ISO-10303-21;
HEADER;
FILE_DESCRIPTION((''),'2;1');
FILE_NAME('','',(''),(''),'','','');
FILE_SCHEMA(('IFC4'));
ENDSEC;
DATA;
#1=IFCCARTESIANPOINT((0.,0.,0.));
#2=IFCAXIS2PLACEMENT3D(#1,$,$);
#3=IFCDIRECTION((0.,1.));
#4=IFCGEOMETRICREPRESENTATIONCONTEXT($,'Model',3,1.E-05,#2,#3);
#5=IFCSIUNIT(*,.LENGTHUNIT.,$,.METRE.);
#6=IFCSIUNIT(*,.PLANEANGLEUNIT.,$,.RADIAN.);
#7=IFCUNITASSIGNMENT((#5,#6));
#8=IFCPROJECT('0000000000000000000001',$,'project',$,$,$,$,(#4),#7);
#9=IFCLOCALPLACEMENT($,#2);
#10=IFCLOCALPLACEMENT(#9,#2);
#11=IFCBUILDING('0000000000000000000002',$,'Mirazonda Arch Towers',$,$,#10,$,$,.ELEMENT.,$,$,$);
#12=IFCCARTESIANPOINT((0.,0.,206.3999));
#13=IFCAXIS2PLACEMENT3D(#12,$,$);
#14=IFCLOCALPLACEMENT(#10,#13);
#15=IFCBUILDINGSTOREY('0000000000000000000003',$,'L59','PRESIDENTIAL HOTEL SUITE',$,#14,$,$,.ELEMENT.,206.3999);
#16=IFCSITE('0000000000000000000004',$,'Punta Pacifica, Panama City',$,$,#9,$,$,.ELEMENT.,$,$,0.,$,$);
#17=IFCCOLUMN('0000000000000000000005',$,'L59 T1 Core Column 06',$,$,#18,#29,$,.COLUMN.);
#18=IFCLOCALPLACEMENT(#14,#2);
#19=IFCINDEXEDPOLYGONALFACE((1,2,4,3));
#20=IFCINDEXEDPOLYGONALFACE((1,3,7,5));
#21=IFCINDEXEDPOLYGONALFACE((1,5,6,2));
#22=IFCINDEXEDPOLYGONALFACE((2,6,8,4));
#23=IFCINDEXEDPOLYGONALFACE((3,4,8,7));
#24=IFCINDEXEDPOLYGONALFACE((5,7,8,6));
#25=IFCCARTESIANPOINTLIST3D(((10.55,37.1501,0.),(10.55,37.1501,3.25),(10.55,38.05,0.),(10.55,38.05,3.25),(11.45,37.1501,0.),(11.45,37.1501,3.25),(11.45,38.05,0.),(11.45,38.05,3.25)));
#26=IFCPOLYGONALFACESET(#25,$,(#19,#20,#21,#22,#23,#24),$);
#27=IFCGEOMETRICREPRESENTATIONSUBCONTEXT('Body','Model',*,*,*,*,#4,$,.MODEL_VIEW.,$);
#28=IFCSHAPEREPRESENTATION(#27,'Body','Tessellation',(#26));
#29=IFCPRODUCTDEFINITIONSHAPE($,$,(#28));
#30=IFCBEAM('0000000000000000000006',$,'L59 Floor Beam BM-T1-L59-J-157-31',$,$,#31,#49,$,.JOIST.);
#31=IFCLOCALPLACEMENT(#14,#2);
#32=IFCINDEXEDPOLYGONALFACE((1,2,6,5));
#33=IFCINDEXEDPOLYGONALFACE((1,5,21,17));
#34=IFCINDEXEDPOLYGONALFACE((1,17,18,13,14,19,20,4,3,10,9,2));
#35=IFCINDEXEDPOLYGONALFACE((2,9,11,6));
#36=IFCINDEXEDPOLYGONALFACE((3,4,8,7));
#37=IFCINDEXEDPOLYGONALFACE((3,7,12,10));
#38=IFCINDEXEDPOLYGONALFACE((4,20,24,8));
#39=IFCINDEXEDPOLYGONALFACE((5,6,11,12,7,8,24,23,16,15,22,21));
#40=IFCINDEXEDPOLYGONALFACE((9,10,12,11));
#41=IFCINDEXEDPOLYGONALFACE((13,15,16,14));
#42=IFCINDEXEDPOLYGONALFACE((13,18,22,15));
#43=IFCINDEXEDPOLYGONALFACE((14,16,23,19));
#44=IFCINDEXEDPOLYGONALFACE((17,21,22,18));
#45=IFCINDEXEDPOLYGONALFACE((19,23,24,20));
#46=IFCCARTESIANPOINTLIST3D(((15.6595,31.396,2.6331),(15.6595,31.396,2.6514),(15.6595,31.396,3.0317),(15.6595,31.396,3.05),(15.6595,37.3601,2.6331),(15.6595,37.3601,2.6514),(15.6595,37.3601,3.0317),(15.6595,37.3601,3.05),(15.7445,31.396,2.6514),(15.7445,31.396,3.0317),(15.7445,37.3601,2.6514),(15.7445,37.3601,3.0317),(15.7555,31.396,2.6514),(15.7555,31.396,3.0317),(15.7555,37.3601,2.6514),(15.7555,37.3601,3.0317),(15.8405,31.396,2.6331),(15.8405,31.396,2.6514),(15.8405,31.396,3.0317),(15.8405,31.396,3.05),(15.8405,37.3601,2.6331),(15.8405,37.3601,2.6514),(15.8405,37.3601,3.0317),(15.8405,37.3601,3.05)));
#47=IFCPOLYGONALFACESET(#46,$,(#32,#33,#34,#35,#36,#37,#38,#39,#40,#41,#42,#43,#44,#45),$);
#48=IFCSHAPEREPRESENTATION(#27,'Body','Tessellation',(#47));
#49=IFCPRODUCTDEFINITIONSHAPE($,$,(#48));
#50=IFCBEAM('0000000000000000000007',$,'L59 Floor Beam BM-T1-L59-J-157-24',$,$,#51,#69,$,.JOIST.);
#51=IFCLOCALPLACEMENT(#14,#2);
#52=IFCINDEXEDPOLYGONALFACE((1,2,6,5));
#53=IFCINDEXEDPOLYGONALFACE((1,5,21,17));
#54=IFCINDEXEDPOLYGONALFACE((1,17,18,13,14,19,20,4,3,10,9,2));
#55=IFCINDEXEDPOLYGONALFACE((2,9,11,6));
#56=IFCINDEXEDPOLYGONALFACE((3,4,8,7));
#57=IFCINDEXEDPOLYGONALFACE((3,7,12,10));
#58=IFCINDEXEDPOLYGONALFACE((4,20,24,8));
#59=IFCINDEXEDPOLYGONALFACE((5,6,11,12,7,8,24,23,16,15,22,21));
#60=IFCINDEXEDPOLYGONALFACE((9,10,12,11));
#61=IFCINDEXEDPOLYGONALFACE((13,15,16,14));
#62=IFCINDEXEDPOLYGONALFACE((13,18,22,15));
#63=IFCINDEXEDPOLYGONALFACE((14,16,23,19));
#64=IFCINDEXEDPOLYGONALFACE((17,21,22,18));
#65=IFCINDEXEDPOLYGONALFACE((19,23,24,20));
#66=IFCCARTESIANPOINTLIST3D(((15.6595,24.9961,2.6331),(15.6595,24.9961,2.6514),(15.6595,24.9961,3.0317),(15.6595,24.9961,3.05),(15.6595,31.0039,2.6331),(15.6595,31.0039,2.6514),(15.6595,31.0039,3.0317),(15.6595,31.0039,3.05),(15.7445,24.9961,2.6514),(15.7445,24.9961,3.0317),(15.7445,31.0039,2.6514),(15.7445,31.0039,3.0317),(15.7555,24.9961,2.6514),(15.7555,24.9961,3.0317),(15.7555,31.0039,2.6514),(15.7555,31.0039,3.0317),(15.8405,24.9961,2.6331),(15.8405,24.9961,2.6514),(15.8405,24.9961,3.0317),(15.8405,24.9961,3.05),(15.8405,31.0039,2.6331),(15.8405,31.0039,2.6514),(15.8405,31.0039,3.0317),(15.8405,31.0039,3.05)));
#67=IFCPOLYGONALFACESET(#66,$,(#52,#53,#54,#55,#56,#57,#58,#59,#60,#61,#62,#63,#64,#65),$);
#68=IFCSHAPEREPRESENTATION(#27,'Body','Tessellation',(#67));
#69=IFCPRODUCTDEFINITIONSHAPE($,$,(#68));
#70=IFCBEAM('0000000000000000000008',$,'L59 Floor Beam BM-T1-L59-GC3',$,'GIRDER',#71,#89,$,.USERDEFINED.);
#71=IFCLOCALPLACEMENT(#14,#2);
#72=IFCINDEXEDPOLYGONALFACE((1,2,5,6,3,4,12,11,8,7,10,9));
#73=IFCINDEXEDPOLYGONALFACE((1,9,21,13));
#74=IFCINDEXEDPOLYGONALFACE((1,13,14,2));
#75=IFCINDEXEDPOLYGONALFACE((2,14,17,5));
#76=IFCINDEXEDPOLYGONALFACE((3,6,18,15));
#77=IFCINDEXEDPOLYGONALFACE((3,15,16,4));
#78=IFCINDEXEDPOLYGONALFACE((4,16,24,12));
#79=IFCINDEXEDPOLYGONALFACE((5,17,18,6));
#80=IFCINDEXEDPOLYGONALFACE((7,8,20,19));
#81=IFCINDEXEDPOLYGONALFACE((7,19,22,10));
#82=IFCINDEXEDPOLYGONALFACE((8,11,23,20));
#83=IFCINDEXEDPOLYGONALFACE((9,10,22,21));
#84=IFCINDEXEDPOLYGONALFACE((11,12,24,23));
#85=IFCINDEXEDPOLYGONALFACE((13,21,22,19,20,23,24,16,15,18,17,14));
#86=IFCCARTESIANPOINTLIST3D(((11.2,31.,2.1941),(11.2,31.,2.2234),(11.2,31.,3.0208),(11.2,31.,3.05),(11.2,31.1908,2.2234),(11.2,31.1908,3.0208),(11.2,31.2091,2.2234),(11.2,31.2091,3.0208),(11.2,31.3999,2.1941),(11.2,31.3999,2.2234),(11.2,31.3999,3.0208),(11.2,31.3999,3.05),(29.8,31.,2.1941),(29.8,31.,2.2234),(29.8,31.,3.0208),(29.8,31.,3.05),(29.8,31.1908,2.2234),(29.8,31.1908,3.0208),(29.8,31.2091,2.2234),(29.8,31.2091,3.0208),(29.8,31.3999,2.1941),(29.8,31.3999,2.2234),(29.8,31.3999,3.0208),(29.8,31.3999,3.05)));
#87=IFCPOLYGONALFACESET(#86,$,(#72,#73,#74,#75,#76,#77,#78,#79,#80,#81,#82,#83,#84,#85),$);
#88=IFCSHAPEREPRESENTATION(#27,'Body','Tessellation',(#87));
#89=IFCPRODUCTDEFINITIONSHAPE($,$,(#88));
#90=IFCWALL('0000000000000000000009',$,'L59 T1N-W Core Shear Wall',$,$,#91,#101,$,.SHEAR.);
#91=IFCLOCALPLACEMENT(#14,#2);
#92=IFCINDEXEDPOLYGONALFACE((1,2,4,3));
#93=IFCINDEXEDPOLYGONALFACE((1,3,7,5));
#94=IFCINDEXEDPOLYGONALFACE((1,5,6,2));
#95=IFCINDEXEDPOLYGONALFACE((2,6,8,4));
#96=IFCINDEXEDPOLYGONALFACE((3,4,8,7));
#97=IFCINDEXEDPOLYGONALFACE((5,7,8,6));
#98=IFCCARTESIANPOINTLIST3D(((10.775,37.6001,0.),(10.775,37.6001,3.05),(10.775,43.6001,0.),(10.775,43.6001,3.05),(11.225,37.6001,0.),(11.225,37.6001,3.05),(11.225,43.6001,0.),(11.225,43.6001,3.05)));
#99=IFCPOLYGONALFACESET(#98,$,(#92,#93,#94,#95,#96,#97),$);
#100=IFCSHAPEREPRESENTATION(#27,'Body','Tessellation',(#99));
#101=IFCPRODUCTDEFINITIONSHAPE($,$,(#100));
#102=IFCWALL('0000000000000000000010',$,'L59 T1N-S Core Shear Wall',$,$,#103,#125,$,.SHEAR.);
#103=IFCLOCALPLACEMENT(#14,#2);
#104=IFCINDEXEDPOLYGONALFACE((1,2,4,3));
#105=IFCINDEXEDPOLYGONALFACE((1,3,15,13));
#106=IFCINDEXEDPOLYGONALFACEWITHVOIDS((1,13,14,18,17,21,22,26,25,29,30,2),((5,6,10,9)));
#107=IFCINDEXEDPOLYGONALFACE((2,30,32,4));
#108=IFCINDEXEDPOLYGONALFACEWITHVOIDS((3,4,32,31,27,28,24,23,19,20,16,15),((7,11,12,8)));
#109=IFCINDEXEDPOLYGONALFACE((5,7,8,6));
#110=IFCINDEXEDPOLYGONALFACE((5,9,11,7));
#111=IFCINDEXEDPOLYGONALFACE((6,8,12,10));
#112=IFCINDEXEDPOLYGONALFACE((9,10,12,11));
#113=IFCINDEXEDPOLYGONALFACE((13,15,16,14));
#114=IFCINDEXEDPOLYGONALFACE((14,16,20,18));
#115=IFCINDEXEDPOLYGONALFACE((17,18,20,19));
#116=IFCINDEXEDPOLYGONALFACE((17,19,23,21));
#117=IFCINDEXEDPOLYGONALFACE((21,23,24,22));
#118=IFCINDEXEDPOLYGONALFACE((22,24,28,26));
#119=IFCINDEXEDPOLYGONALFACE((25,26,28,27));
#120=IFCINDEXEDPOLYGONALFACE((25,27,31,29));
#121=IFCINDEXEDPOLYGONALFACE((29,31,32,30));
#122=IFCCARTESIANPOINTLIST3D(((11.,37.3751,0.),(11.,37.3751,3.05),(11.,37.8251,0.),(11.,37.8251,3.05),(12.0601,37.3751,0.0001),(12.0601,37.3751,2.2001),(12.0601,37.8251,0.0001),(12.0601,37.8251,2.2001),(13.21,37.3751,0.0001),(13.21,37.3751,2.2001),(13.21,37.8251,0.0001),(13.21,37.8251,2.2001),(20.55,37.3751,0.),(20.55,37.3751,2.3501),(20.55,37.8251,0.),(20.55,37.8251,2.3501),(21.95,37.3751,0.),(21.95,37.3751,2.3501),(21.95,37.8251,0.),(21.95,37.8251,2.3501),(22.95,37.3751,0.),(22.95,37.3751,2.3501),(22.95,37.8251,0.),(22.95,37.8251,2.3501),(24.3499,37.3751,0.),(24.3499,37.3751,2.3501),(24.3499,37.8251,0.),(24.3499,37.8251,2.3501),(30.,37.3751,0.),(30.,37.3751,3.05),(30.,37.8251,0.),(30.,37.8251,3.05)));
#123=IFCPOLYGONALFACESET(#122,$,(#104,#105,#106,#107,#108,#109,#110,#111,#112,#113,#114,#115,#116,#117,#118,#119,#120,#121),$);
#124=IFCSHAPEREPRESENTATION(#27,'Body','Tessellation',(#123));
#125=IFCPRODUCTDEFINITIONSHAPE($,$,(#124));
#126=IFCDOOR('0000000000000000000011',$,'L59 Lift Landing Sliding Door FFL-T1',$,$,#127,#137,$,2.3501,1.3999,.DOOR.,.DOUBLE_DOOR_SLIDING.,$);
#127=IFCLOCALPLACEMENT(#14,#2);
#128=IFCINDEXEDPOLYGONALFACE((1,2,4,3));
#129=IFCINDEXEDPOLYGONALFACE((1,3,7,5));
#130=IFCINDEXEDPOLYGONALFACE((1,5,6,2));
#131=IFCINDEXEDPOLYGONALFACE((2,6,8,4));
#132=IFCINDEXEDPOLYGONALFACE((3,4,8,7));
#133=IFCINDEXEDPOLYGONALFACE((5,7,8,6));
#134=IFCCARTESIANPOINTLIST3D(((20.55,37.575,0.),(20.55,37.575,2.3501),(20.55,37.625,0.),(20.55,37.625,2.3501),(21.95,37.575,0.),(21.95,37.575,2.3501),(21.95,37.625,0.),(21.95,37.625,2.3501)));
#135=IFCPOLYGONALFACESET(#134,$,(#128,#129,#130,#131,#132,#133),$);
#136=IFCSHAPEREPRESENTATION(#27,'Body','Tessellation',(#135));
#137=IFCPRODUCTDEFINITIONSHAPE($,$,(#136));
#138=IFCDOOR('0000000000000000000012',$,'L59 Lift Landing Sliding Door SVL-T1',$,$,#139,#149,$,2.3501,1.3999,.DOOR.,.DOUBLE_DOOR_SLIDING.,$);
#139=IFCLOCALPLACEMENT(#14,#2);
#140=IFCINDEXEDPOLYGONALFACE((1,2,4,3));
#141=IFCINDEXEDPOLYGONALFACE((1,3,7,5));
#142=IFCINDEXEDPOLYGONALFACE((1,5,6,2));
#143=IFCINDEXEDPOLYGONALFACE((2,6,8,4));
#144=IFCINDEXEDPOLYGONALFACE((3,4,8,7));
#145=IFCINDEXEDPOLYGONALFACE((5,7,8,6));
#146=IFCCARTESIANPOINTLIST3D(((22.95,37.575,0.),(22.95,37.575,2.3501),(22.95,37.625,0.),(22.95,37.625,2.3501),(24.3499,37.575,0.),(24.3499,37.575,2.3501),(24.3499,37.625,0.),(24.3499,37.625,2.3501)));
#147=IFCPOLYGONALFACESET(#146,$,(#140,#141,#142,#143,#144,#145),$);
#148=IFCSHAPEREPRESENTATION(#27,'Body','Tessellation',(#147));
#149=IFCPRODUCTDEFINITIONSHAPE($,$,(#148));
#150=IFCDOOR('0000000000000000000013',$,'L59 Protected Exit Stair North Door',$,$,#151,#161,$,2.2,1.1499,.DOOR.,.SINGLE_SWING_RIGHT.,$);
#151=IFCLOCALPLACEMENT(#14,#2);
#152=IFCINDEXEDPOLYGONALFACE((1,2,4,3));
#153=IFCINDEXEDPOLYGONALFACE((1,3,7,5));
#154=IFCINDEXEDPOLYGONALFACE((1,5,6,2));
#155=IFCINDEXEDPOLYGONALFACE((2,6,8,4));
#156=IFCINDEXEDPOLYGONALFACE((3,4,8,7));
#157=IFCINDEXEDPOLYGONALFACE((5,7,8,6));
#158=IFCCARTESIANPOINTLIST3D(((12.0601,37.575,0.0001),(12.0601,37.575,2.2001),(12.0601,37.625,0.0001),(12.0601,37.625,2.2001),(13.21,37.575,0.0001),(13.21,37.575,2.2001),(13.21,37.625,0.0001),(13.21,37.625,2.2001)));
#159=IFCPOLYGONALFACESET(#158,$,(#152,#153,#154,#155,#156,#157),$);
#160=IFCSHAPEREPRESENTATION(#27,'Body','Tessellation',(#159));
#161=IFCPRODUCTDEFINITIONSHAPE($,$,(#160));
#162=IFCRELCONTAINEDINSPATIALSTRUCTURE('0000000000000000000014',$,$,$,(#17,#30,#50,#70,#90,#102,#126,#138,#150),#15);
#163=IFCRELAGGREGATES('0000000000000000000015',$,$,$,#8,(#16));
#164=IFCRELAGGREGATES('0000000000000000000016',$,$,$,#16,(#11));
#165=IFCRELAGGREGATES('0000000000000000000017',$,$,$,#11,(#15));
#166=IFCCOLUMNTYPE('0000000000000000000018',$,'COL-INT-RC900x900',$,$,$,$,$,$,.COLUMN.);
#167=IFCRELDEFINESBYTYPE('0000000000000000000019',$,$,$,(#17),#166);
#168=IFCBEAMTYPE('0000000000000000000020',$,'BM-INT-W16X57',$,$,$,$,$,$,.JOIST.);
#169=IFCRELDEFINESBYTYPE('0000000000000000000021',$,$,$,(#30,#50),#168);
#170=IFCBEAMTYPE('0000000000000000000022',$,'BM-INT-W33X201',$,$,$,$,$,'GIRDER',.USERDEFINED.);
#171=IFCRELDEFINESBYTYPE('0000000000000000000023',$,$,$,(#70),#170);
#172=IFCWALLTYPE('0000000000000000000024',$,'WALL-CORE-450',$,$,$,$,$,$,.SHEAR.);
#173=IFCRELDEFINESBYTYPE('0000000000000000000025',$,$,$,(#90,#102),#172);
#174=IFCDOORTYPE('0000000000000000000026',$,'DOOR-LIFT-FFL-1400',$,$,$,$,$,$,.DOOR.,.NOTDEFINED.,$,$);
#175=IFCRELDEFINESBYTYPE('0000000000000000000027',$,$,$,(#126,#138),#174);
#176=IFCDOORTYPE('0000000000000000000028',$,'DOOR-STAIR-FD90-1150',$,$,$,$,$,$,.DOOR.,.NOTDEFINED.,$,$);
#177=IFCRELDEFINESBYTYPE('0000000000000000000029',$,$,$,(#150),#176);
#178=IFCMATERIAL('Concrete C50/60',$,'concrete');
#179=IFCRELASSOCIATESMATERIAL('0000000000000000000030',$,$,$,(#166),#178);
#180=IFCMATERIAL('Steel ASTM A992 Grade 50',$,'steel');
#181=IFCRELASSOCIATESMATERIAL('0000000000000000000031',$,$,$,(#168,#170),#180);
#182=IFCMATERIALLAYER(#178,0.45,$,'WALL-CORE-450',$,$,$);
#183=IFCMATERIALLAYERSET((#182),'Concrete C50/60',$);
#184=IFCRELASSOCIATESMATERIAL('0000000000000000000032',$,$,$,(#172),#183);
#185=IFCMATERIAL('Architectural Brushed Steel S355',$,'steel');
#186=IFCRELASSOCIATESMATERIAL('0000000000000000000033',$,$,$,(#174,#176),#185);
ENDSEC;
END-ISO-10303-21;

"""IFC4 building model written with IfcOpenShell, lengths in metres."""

from ifc_helpers import new_model, si_unit, direction, frame, frame_2d, origin, origin_2d, place, context, subcontext, project, spatial, rectangle, i_section, extrude, material, layer, layer_set, material_profile, profile_set, type_object, element, fill, save


model = new_model("IFC4")

# Units and contexts
model_context = context("Model", 3, precision=1e-05, world=origin(), true_north=direction((0.0, 1.0)))
body_context = subcontext(model_context, "Body", "Model", "MODEL_VIEW")
ifc_project = project(units=[si_unit("LENGTHUNIT", "METRE"), si_unit("PLANEANGLEUNIT", "RADIAN")], contexts=[model_context])

# Site, building, storey
site_placement = place(None, origin())
site = spatial("IfcSite", under=ifc_project, at=site_placement, Name="Punta Pacifica, Panama City", CompositionType="ELEMENT", RefElevation=0.0)
building_placement = place(site_placement, origin())
building = spatial("IfcBuilding", under=site, at=building_placement, Name="Mirazonda Arch Towers", CompositionType="ELEMENT")
storey_placement = place(building_placement, frame((0.0, 0.0, 206.3999)))
storey = spatial("IfcBuildingStorey", under=building, at=storey_placement, Name="L59", Description="PRESIDENTIAL HOTEL SUITE", CompositionType="ELEMENT", Elevation=206.3999)

# Column
ifc_material_1 = material(Name="Concrete C50/60", Category="concrete")
ifc_material_profile_1 = material_profile(ifc_material_1, rectangle(XDim=0.8999, YDim=0.8999, at=origin_2d()), Name="RC900x900")
ifc_profile_set_1 = profile_set([ifc_material_profile_1], Name="Concrete C50/60")
column_type = type_object("IfcColumnType", Name="COL-INT-RC900x900", PredefinedType="COLUMN", material=ifc_profile_set_1)
column_placement = place(storey_placement, frame((11.0, 37.6001, 0.0), z_axis=(0.0, 0.0, 1.0), x_axis=(1.0, 0.0, 0.0)))
element("IfcColumn", 1, at=column_placement, inside=storey, type_object=column_type, Name="L59 T1 Core Column 06", PredefinedType="COLUMN", context=body_context, shape_type="SweptSolid", body=[
    extrude(rectangle(XDim=0.8999, YDim=0.8999, at=origin_2d()), origin(), (0.0, 0.0, 1.0), 3.25),
])

# Beams
ifc_material_2 = material(Name="Steel ASTM A992 Grade 50", Category="steel")
ifc_material_profile_2 = material_profile(ifc_material_2, i_section(OverallWidth=0.1809, OverallDepth=0.417, WebThickness=0.011, FlangeThickness=0.0183, at=origin_2d()), Name="W16X57")
ifc_profile_set_2 = profile_set([ifc_material_profile_2], Name="Steel ASTM A992 Grade 50")
beam_type_1 = type_object("IfcBeamType", Name="BM-INT-W16X57", PredefinedType="JOIST", material=ifc_profile_set_2)
beam_1_placement = place(storey_placement, frame((15.75, 31.396, 2.8416), z_axis=(0.0, 1.0, 0.0), x_axis=(-1.0, 0.0, 0.0)))
element("IfcBeam", 2, at=beam_1_placement, inside=storey, type_object=beam_type_1, Name="L59 Floor Beam BM-T1-L59-J-157-31", PredefinedType="JOIST", context=body_context, shape_type="SweptSolid", body=[
    extrude(i_section(OverallWidth=0.1809, OverallDepth=0.417, WebThickness=0.011, FlangeThickness=0.0183, at=origin_2d()), origin(), (0.0, 0.0, 1.0), 5.9641),
])
beam_2_placement = place(storey_placement, frame((15.75, 24.9961, 2.8416), z_axis=(0.0, 1.0, 0.0), x_axis=(-1.0, 0.0, 0.0)))
element("IfcBeam", 3, at=beam_2_placement, inside=storey, type_object=beam_type_1, Name="L59 Floor Beam BM-T1-L59-J-157-24", PredefinedType="JOIST", context=body_context, shape_type="SweptSolid", body=[
    extrude(i_section(OverallWidth=0.1809, OverallDepth=0.417, WebThickness=0.011, FlangeThickness=0.0183, at=origin_2d()), origin(), (0.0, 0.0, 1.0), 6.0078),
])
ifc_material_profile_3 = material_profile(ifc_material_2, i_section(OverallWidth=0.3999, OverallDepth=0.856, WebThickness=0.0183, FlangeThickness=0.0293, at=origin_2d()), Name="W33X201")
ifc_profile_set_3 = profile_set([ifc_material_profile_3], Name="Steel ASTM A992 Grade 50")
beam_type_2 = type_object("IfcBeamType", Name="BM-INT-W33X201", ElementType="GIRDER", PredefinedType="USERDEFINED", material=ifc_profile_set_3)
beam_3_placement = place(storey_placement, frame((11.2, 31.2, 2.6221), z_axis=(1.0, 0.0, 0.0), x_axis=(0.0, 1.0, 0.0)))
element("IfcBeam", 4, at=beam_3_placement, inside=storey, type_object=beam_type_2, Name="L59 Floor Beam BM-T1-L59-GC3", ObjectType="GIRDER", PredefinedType="USERDEFINED", context=body_context, shape_type="SweptSolid", body=[
    extrude(i_section(OverallWidth=0.3999, OverallDepth=0.856, WebThickness=0.0183, FlangeThickness=0.0293, at=origin_2d()), origin(), (0.0, 0.0, 1.0), 18.6001),
])

# Wall
ifc_layer_1 = layer(ifc_material_1, 0.45, Name="WALL-CORE-450")
ifc_layer_set_1 = layer_set([ifc_layer_1], Name="Concrete C50/60")
wall_type_1 = type_object("IfcWallType", Name="WALL-CORE-450", PredefinedType="SHEAR", material=ifc_layer_set_1)
wall_1_placement = place(storey_placement, frame((11.0, 37.6001, 0.0), z_axis=(0.0, 0.0, 1.0), x_axis=(0.0, 1.0, 0.0)))
element("IfcWall", 5, at=wall_1_placement, inside=storey, type_object=wall_type_1, Name="L59 T1N-W Core Shear Wall", PredefinedType="SHEAR", context=body_context, shape_type="SweptSolid", body=[
    extrude(rectangle(XDim=6.0, YDim=0.45, at=frame_2d((3.0, 0.0))), origin(), (0.0, 0.0, 1.0), 3.05),
])

# Wall, openings, doors
wall_2_placement = place(storey_placement, frame((11.0, 37.6001, 0.0), z_axis=(0.0, 0.0, 1.0), x_axis=(1.0, 0.0, 0.0)))
wall_2 = element("IfcWall", 6, at=wall_2_placement, inside=storey, type_object=wall_type_1, Name="L59 T1N-S Core Shear Wall", PredefinedType="SHEAR", context=body_context, shape_type="SweptSolid", body=[
    extrude(rectangle(XDim=19.0, YDim=0.45, at=frame_2d((9.5, 0.0))), origin(), (0.0, 0.0, 1.0), 3.05),
])
opening_1_placement = place(wall_2_placement, frame((1.0601, 0.0, 0.0)))
opening_1 = element("IfcOpeningElement", 7, at=opening_1_placement, cuts=wall_2, PredefinedType="OPENING", context=body_context, shape_type="SweptSolid", body=[
    extrude(rectangle(XDim=1.1499, YDim=2.2, at=frame_2d((0.575, 1.1001))), frame((0.0, 0.2349, 0.0), z_axis=(0.0, -1.0, 0.0), x_axis=(1.0, 0.0, 0.0)), (0.0, 0.0, 1.0), 0.47),
])
opening_2_placement = place(wall_2_placement, frame((9.55, 0.0, 0.0)))
opening_2 = element("IfcOpeningElement", 8, at=opening_2_placement, cuts=wall_2, PredefinedType="OPENING", context=body_context, shape_type="SweptSolid", body=[
    extrude(rectangle(XDim=1.3999, YDim=2.3501, at=frame_2d((0.7, 1.175))), frame((0.0, 0.2349, 0.0), z_axis=(0.0, -1.0, 0.0), x_axis=(1.0, 0.0, 0.0)), (0.0, 0.0, 1.0), 0.47),
])
opening_3_placement = place(wall_2_placement, frame((11.95, 0.0, 0.0)))
opening_3 = element("IfcOpeningElement", 9, at=opening_3_placement, cuts=wall_2, PredefinedType="OPENING", context=body_context, shape_type="SweptSolid", body=[
    extrude(rectangle(XDim=1.3999, YDim=2.3501, at=frame_2d((0.7, 1.175))), frame((0.0, 0.2349, 0.0), z_axis=(0.0, -1.0, 0.0), x_axis=(1.0, 0.0, 0.0)), (0.0, 0.0, 1.0), 0.47),
])
ifc_material_3 = material(Name="Architectural Brushed Steel S355", Category="steel")
door_type_1 = type_object("IfcDoorType", Name="DOOR-LIFT-FFL-1400", OperationType="NOTDEFINED", PredefinedType="DOOR", material=ifc_material_3)
door_1_placement = place(opening_2_placement, origin())
door_1 = element("IfcDoor", 10, at=door_1_placement, inside=storey, type_object=door_type_1, Name="L59 Lift Landing Sliding Door FFL-T1", OperationType="DOUBLE_DOOR_SLIDING", OverallHeight=2.3501, OverallWidth=1.3999, PredefinedType="DOOR", context=body_context, shape_type="SweptSolid", body=[
    extrude(rectangle(XDim=1.3999, YDim=2.3501, at=frame_2d((0.7, 1.175))), frame((0.0, 0.0249, 0.0), z_axis=(0.0, -1.0, 0.0), x_axis=(1.0, 0.0, 0.0)), (0.0, 0.0, 1.0), 0.05),
])
fill(opening_2, door_1)
door_2_placement = place(opening_3_placement, origin())
door_2 = element("IfcDoor", 11, at=door_2_placement, inside=storey, type_object=door_type_1, Name="L59 Lift Landing Sliding Door SVL-T1", OperationType="DOUBLE_DOOR_SLIDING", OverallHeight=2.3501, OverallWidth=1.3999, PredefinedType="DOOR", context=body_context, shape_type="SweptSolid", body=[
    extrude(rectangle(XDim=1.3999, YDim=2.3501, at=frame_2d((0.7, 1.175))), frame((0.0, 0.0249, 0.0), z_axis=(0.0, -1.0, 0.0), x_axis=(1.0, 0.0, 0.0)), (0.0, 0.0, 1.0), 0.05),
])
fill(opening_3, door_2)
door_type_2 = type_object("IfcDoorType", Name="DOOR-STAIR-FD90-1150", OperationType="NOTDEFINED", PredefinedType="DOOR", material=ifc_material_3)
door_3_placement = place(opening_1_placement, origin())
door_3 = element("IfcDoor", 12, at=door_3_placement, inside=storey, type_object=door_type_2, Name="L59 Protected Exit Stair North Door", OperationType="SINGLE_SWING_RIGHT", OverallHeight=2.2, OverallWidth=1.1499, PredefinedType="DOOR", context=body_context, shape_type="SweptSolid", body=[
    extrude(rectangle(XDim=1.1499, YDim=2.2, at=frame_2d((0.575, 1.1001))), frame((0.0, 0.0249, 0.0), z_axis=(0.0, -1.0, 0.0), x_axis=(1.0, 0.0, 0.0)), (0.0, 0.0, 1.0), 0.05),
])
fill(opening_1, door_3)

save(model, "model.ifc")
